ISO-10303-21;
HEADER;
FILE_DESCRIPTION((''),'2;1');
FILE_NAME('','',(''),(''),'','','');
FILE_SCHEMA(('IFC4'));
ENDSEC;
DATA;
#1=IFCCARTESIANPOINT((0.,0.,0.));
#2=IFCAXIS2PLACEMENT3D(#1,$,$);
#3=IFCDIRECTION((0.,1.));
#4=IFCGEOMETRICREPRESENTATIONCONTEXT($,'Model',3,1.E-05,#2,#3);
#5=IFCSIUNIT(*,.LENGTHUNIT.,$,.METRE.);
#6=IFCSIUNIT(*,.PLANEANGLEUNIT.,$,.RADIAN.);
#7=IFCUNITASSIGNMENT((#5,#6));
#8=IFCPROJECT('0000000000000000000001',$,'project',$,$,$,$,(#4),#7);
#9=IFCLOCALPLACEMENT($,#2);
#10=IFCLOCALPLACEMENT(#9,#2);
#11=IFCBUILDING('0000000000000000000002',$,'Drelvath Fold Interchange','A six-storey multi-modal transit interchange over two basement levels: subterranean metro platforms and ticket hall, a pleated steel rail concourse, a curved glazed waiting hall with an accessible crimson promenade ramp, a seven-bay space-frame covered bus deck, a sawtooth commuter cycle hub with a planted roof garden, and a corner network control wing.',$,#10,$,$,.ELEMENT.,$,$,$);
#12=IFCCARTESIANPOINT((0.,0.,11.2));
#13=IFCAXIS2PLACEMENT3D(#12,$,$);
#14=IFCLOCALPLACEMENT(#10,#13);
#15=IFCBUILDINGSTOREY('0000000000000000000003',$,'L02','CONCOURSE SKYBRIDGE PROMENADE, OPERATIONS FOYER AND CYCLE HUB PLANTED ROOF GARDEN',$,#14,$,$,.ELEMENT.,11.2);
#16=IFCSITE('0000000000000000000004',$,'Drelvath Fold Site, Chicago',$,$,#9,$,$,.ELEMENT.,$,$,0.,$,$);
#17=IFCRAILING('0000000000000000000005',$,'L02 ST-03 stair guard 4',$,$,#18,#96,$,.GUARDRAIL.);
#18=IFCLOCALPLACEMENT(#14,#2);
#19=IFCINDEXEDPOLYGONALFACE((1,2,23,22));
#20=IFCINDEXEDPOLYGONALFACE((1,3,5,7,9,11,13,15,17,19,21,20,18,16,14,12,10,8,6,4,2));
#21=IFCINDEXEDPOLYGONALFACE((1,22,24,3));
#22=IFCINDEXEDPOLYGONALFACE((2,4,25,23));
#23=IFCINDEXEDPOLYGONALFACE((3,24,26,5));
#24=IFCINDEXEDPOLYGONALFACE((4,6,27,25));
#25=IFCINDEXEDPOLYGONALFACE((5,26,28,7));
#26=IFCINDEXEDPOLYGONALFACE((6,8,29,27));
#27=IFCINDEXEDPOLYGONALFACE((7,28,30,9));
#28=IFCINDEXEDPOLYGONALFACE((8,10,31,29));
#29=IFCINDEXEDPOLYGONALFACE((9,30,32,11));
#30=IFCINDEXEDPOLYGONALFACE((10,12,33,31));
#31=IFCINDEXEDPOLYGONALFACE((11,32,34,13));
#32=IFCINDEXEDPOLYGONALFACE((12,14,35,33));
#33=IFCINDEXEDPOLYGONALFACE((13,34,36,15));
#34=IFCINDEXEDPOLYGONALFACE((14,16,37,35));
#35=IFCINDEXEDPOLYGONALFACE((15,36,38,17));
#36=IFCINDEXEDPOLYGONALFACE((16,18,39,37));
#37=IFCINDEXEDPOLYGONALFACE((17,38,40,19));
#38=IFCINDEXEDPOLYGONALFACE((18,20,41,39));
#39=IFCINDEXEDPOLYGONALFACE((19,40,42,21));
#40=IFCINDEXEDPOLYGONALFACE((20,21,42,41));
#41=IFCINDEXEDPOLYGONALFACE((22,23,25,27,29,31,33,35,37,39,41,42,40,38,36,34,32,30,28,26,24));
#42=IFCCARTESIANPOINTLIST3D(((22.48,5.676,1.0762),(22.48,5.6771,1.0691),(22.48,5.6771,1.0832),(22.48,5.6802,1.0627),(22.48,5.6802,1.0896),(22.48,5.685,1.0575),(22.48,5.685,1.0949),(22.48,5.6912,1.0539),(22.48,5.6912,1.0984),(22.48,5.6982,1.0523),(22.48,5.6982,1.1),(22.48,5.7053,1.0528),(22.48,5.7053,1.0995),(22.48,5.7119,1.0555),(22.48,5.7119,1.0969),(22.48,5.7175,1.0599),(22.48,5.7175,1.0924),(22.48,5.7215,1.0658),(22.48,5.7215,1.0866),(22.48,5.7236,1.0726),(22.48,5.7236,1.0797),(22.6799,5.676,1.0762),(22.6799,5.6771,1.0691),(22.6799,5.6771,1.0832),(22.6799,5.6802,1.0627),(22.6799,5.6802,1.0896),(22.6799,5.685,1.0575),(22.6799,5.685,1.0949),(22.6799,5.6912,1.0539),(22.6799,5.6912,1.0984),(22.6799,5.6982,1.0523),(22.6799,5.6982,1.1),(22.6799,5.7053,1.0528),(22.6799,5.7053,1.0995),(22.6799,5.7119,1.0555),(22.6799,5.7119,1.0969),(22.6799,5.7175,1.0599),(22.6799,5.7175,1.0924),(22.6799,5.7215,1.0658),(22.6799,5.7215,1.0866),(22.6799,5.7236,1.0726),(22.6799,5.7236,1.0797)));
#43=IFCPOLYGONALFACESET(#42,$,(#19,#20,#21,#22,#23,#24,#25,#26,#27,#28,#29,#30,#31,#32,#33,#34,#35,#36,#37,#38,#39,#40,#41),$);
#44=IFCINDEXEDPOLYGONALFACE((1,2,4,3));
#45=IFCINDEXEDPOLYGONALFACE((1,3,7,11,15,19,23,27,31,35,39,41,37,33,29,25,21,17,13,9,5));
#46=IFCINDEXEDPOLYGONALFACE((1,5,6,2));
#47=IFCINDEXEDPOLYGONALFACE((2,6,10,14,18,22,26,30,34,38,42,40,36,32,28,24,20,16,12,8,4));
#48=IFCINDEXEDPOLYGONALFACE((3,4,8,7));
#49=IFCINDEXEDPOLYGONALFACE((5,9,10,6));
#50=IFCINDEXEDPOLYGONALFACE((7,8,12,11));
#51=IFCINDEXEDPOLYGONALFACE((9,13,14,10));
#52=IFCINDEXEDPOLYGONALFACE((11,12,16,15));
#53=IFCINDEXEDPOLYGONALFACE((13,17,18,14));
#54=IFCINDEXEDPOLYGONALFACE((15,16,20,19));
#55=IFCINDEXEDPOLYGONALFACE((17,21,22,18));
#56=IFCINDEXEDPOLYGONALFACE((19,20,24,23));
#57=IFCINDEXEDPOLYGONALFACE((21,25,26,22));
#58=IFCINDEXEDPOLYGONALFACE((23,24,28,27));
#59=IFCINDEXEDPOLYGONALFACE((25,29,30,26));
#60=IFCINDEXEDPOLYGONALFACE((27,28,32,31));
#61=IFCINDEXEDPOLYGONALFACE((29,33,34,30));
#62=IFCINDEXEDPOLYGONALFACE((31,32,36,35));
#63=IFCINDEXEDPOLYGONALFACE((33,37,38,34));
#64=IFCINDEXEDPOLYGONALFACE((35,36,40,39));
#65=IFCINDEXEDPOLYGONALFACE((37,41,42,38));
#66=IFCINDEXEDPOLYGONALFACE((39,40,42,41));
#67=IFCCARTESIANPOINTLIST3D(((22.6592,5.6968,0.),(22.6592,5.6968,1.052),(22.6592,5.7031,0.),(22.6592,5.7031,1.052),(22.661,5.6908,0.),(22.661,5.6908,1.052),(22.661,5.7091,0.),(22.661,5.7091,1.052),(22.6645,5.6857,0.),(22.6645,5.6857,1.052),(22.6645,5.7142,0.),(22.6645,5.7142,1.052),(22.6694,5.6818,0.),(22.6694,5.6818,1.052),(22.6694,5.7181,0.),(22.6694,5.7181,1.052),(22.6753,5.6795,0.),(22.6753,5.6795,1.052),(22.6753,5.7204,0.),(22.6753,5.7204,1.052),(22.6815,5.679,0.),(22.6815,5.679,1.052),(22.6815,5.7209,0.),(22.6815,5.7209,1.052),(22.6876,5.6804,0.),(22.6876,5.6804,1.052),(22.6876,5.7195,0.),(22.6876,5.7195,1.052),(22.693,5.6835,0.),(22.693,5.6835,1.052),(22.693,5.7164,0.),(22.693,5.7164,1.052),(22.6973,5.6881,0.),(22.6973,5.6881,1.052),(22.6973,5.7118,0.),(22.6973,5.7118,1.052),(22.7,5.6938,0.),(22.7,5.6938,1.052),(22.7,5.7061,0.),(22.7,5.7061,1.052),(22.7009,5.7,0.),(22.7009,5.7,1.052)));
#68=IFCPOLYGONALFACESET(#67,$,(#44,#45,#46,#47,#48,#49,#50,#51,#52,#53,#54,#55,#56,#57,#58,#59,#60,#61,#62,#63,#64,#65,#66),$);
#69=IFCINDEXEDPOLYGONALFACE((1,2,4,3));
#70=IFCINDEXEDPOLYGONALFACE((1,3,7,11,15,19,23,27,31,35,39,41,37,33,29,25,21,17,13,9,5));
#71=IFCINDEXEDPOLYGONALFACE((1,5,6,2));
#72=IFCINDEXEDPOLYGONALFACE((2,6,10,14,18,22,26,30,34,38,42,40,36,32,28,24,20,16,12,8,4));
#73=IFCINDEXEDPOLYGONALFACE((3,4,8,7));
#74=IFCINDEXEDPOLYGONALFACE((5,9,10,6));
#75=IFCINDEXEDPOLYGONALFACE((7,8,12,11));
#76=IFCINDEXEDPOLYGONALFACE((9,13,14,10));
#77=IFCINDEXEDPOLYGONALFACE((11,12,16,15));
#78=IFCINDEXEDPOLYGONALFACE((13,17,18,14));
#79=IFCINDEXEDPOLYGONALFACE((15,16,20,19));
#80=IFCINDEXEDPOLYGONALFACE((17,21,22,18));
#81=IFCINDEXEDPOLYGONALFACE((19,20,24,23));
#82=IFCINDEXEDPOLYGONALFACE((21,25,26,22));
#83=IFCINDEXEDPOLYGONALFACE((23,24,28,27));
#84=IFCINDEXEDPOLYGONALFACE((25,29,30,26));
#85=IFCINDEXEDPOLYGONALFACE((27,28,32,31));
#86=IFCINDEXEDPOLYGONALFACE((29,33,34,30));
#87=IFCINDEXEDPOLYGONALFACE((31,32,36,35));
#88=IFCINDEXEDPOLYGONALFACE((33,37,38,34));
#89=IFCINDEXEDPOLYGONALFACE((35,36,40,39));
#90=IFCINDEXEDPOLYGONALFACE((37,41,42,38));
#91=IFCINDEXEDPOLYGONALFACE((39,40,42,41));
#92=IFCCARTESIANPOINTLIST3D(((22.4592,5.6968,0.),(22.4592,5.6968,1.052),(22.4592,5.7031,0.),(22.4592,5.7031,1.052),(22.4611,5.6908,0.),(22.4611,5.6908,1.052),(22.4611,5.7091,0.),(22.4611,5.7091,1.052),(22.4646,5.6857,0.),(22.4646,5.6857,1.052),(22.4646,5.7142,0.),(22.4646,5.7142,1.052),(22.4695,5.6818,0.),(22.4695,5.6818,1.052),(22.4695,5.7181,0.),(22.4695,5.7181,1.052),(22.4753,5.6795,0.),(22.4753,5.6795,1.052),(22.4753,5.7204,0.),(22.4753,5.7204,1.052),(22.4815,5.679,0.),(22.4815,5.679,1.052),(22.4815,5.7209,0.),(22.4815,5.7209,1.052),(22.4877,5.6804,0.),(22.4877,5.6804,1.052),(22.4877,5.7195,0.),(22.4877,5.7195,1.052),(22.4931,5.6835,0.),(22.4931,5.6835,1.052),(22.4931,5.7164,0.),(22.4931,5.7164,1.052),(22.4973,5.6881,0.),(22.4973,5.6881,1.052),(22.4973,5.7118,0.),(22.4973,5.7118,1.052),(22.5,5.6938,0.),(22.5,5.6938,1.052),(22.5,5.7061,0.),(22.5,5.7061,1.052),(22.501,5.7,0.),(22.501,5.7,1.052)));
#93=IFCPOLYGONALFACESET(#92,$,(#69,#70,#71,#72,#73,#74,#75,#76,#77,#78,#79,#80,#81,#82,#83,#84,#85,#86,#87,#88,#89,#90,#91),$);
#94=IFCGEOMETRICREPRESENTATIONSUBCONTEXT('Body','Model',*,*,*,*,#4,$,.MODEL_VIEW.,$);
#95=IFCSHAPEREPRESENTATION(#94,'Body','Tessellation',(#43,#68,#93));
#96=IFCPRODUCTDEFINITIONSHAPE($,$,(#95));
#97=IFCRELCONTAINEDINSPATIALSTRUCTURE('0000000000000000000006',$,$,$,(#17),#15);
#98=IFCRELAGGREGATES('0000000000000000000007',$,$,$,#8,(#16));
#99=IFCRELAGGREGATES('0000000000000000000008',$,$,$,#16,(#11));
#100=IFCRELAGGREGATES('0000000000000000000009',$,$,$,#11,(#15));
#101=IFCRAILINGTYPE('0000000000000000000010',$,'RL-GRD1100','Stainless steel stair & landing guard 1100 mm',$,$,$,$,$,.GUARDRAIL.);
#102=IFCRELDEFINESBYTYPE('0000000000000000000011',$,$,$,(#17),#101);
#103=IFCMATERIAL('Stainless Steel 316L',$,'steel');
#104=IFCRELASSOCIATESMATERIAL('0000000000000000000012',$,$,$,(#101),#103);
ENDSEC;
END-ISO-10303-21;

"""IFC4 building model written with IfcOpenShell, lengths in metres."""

from ifc_helpers import new_model, si_unit, direction, frame, origin, origin_2d, place, context, subcontext, project, spatial, circle, extrude, material, type_object, element, save


model = new_model("IFC4")

# Units and contexts
model_context = context("Model", 3, precision=1e-05, world=origin(), true_north=direction((0.0, 1.0)))
body_context = subcontext(model_context, "Body", "Model", "MODEL_VIEW")
ifc_project = project(units=[si_unit("LENGTHUNIT", "METRE"), si_unit("PLANEANGLEUNIT", "RADIAN")], contexts=[model_context])

# Site, building, storey
site_placement = place(None, origin())
site = spatial("IfcSite", under=ifc_project, at=site_placement, Name="Drelvath Fold Site, Chicago", CompositionType="ELEMENT", RefElevation=0.0)
building_placement = place(site_placement, origin())
building = spatial("IfcBuilding", under=site, at=building_placement, Name="Drelvath Fold Interchange", Description="A six-storey multi-modal transit interchange over two basement levels: subterranean metro platforms and ticket hall, a pleated steel rail concourse, a curved glazed waiting hall with an accessible crimson promenade ramp, a seven-bay space-frame covered bus deck, a sawtooth commuter cycle hub with a planted roof garden, and a corner network control wing.", CompositionType="ELEMENT")
storey_placement = place(building_placement, frame((0.0, 0.0, 11.2)))
storey = spatial("IfcBuildingStorey", under=building, at=storey_placement, Name="L02", Description="CONCOURSE SKYBRIDGE PROMENADE, OPERATIONS FOYER AND CYCLE HUB PLANTED ROOF GARDEN", CompositionType="ELEMENT", Elevation=11.2)

# Railing
ifc_material_1 = material(Name="Stainless Steel 316L", Category="steel")
railing_type_1 = type_object("IfcRailingType", Name="RL-GRD1100", Description="Stainless steel stair & landing guard 1100 mm", PredefinedType="GUARDRAIL", material=ifc_material_1)
railing_1_placement = place(storey_placement, frame((22.6799, 5.7, 0.0)))
element("IfcRailing", 1, at=railing_1_placement, inside=storey, type_object=railing_type_1, Name="L02 ST-03 stair guard 4", PredefinedType="GUARDRAIL", context=body_context, shape_type="SweptSolid", body=[
    extrude(circle(Radius=0.0239, at=origin_2d()), frame((0.0, 0.0, 1.0762), z_axis=(-1.0, 0.0, 0.0), x_axis=(0.0, -1.0, 0.0)), (0.0, 0.0, 1.0), 0.2),
    extrude(circle(Radius=0.021, at=origin_2d()), origin(), (0.0, 0.0, 1.0), 1.052),
    extrude(circle(Radius=0.021, at=origin_2d()), frame((-0.2, 0.0, 0.0)), (0.0, 0.0, 1.0), 1.052),
])

save(model, "model.ifc")
